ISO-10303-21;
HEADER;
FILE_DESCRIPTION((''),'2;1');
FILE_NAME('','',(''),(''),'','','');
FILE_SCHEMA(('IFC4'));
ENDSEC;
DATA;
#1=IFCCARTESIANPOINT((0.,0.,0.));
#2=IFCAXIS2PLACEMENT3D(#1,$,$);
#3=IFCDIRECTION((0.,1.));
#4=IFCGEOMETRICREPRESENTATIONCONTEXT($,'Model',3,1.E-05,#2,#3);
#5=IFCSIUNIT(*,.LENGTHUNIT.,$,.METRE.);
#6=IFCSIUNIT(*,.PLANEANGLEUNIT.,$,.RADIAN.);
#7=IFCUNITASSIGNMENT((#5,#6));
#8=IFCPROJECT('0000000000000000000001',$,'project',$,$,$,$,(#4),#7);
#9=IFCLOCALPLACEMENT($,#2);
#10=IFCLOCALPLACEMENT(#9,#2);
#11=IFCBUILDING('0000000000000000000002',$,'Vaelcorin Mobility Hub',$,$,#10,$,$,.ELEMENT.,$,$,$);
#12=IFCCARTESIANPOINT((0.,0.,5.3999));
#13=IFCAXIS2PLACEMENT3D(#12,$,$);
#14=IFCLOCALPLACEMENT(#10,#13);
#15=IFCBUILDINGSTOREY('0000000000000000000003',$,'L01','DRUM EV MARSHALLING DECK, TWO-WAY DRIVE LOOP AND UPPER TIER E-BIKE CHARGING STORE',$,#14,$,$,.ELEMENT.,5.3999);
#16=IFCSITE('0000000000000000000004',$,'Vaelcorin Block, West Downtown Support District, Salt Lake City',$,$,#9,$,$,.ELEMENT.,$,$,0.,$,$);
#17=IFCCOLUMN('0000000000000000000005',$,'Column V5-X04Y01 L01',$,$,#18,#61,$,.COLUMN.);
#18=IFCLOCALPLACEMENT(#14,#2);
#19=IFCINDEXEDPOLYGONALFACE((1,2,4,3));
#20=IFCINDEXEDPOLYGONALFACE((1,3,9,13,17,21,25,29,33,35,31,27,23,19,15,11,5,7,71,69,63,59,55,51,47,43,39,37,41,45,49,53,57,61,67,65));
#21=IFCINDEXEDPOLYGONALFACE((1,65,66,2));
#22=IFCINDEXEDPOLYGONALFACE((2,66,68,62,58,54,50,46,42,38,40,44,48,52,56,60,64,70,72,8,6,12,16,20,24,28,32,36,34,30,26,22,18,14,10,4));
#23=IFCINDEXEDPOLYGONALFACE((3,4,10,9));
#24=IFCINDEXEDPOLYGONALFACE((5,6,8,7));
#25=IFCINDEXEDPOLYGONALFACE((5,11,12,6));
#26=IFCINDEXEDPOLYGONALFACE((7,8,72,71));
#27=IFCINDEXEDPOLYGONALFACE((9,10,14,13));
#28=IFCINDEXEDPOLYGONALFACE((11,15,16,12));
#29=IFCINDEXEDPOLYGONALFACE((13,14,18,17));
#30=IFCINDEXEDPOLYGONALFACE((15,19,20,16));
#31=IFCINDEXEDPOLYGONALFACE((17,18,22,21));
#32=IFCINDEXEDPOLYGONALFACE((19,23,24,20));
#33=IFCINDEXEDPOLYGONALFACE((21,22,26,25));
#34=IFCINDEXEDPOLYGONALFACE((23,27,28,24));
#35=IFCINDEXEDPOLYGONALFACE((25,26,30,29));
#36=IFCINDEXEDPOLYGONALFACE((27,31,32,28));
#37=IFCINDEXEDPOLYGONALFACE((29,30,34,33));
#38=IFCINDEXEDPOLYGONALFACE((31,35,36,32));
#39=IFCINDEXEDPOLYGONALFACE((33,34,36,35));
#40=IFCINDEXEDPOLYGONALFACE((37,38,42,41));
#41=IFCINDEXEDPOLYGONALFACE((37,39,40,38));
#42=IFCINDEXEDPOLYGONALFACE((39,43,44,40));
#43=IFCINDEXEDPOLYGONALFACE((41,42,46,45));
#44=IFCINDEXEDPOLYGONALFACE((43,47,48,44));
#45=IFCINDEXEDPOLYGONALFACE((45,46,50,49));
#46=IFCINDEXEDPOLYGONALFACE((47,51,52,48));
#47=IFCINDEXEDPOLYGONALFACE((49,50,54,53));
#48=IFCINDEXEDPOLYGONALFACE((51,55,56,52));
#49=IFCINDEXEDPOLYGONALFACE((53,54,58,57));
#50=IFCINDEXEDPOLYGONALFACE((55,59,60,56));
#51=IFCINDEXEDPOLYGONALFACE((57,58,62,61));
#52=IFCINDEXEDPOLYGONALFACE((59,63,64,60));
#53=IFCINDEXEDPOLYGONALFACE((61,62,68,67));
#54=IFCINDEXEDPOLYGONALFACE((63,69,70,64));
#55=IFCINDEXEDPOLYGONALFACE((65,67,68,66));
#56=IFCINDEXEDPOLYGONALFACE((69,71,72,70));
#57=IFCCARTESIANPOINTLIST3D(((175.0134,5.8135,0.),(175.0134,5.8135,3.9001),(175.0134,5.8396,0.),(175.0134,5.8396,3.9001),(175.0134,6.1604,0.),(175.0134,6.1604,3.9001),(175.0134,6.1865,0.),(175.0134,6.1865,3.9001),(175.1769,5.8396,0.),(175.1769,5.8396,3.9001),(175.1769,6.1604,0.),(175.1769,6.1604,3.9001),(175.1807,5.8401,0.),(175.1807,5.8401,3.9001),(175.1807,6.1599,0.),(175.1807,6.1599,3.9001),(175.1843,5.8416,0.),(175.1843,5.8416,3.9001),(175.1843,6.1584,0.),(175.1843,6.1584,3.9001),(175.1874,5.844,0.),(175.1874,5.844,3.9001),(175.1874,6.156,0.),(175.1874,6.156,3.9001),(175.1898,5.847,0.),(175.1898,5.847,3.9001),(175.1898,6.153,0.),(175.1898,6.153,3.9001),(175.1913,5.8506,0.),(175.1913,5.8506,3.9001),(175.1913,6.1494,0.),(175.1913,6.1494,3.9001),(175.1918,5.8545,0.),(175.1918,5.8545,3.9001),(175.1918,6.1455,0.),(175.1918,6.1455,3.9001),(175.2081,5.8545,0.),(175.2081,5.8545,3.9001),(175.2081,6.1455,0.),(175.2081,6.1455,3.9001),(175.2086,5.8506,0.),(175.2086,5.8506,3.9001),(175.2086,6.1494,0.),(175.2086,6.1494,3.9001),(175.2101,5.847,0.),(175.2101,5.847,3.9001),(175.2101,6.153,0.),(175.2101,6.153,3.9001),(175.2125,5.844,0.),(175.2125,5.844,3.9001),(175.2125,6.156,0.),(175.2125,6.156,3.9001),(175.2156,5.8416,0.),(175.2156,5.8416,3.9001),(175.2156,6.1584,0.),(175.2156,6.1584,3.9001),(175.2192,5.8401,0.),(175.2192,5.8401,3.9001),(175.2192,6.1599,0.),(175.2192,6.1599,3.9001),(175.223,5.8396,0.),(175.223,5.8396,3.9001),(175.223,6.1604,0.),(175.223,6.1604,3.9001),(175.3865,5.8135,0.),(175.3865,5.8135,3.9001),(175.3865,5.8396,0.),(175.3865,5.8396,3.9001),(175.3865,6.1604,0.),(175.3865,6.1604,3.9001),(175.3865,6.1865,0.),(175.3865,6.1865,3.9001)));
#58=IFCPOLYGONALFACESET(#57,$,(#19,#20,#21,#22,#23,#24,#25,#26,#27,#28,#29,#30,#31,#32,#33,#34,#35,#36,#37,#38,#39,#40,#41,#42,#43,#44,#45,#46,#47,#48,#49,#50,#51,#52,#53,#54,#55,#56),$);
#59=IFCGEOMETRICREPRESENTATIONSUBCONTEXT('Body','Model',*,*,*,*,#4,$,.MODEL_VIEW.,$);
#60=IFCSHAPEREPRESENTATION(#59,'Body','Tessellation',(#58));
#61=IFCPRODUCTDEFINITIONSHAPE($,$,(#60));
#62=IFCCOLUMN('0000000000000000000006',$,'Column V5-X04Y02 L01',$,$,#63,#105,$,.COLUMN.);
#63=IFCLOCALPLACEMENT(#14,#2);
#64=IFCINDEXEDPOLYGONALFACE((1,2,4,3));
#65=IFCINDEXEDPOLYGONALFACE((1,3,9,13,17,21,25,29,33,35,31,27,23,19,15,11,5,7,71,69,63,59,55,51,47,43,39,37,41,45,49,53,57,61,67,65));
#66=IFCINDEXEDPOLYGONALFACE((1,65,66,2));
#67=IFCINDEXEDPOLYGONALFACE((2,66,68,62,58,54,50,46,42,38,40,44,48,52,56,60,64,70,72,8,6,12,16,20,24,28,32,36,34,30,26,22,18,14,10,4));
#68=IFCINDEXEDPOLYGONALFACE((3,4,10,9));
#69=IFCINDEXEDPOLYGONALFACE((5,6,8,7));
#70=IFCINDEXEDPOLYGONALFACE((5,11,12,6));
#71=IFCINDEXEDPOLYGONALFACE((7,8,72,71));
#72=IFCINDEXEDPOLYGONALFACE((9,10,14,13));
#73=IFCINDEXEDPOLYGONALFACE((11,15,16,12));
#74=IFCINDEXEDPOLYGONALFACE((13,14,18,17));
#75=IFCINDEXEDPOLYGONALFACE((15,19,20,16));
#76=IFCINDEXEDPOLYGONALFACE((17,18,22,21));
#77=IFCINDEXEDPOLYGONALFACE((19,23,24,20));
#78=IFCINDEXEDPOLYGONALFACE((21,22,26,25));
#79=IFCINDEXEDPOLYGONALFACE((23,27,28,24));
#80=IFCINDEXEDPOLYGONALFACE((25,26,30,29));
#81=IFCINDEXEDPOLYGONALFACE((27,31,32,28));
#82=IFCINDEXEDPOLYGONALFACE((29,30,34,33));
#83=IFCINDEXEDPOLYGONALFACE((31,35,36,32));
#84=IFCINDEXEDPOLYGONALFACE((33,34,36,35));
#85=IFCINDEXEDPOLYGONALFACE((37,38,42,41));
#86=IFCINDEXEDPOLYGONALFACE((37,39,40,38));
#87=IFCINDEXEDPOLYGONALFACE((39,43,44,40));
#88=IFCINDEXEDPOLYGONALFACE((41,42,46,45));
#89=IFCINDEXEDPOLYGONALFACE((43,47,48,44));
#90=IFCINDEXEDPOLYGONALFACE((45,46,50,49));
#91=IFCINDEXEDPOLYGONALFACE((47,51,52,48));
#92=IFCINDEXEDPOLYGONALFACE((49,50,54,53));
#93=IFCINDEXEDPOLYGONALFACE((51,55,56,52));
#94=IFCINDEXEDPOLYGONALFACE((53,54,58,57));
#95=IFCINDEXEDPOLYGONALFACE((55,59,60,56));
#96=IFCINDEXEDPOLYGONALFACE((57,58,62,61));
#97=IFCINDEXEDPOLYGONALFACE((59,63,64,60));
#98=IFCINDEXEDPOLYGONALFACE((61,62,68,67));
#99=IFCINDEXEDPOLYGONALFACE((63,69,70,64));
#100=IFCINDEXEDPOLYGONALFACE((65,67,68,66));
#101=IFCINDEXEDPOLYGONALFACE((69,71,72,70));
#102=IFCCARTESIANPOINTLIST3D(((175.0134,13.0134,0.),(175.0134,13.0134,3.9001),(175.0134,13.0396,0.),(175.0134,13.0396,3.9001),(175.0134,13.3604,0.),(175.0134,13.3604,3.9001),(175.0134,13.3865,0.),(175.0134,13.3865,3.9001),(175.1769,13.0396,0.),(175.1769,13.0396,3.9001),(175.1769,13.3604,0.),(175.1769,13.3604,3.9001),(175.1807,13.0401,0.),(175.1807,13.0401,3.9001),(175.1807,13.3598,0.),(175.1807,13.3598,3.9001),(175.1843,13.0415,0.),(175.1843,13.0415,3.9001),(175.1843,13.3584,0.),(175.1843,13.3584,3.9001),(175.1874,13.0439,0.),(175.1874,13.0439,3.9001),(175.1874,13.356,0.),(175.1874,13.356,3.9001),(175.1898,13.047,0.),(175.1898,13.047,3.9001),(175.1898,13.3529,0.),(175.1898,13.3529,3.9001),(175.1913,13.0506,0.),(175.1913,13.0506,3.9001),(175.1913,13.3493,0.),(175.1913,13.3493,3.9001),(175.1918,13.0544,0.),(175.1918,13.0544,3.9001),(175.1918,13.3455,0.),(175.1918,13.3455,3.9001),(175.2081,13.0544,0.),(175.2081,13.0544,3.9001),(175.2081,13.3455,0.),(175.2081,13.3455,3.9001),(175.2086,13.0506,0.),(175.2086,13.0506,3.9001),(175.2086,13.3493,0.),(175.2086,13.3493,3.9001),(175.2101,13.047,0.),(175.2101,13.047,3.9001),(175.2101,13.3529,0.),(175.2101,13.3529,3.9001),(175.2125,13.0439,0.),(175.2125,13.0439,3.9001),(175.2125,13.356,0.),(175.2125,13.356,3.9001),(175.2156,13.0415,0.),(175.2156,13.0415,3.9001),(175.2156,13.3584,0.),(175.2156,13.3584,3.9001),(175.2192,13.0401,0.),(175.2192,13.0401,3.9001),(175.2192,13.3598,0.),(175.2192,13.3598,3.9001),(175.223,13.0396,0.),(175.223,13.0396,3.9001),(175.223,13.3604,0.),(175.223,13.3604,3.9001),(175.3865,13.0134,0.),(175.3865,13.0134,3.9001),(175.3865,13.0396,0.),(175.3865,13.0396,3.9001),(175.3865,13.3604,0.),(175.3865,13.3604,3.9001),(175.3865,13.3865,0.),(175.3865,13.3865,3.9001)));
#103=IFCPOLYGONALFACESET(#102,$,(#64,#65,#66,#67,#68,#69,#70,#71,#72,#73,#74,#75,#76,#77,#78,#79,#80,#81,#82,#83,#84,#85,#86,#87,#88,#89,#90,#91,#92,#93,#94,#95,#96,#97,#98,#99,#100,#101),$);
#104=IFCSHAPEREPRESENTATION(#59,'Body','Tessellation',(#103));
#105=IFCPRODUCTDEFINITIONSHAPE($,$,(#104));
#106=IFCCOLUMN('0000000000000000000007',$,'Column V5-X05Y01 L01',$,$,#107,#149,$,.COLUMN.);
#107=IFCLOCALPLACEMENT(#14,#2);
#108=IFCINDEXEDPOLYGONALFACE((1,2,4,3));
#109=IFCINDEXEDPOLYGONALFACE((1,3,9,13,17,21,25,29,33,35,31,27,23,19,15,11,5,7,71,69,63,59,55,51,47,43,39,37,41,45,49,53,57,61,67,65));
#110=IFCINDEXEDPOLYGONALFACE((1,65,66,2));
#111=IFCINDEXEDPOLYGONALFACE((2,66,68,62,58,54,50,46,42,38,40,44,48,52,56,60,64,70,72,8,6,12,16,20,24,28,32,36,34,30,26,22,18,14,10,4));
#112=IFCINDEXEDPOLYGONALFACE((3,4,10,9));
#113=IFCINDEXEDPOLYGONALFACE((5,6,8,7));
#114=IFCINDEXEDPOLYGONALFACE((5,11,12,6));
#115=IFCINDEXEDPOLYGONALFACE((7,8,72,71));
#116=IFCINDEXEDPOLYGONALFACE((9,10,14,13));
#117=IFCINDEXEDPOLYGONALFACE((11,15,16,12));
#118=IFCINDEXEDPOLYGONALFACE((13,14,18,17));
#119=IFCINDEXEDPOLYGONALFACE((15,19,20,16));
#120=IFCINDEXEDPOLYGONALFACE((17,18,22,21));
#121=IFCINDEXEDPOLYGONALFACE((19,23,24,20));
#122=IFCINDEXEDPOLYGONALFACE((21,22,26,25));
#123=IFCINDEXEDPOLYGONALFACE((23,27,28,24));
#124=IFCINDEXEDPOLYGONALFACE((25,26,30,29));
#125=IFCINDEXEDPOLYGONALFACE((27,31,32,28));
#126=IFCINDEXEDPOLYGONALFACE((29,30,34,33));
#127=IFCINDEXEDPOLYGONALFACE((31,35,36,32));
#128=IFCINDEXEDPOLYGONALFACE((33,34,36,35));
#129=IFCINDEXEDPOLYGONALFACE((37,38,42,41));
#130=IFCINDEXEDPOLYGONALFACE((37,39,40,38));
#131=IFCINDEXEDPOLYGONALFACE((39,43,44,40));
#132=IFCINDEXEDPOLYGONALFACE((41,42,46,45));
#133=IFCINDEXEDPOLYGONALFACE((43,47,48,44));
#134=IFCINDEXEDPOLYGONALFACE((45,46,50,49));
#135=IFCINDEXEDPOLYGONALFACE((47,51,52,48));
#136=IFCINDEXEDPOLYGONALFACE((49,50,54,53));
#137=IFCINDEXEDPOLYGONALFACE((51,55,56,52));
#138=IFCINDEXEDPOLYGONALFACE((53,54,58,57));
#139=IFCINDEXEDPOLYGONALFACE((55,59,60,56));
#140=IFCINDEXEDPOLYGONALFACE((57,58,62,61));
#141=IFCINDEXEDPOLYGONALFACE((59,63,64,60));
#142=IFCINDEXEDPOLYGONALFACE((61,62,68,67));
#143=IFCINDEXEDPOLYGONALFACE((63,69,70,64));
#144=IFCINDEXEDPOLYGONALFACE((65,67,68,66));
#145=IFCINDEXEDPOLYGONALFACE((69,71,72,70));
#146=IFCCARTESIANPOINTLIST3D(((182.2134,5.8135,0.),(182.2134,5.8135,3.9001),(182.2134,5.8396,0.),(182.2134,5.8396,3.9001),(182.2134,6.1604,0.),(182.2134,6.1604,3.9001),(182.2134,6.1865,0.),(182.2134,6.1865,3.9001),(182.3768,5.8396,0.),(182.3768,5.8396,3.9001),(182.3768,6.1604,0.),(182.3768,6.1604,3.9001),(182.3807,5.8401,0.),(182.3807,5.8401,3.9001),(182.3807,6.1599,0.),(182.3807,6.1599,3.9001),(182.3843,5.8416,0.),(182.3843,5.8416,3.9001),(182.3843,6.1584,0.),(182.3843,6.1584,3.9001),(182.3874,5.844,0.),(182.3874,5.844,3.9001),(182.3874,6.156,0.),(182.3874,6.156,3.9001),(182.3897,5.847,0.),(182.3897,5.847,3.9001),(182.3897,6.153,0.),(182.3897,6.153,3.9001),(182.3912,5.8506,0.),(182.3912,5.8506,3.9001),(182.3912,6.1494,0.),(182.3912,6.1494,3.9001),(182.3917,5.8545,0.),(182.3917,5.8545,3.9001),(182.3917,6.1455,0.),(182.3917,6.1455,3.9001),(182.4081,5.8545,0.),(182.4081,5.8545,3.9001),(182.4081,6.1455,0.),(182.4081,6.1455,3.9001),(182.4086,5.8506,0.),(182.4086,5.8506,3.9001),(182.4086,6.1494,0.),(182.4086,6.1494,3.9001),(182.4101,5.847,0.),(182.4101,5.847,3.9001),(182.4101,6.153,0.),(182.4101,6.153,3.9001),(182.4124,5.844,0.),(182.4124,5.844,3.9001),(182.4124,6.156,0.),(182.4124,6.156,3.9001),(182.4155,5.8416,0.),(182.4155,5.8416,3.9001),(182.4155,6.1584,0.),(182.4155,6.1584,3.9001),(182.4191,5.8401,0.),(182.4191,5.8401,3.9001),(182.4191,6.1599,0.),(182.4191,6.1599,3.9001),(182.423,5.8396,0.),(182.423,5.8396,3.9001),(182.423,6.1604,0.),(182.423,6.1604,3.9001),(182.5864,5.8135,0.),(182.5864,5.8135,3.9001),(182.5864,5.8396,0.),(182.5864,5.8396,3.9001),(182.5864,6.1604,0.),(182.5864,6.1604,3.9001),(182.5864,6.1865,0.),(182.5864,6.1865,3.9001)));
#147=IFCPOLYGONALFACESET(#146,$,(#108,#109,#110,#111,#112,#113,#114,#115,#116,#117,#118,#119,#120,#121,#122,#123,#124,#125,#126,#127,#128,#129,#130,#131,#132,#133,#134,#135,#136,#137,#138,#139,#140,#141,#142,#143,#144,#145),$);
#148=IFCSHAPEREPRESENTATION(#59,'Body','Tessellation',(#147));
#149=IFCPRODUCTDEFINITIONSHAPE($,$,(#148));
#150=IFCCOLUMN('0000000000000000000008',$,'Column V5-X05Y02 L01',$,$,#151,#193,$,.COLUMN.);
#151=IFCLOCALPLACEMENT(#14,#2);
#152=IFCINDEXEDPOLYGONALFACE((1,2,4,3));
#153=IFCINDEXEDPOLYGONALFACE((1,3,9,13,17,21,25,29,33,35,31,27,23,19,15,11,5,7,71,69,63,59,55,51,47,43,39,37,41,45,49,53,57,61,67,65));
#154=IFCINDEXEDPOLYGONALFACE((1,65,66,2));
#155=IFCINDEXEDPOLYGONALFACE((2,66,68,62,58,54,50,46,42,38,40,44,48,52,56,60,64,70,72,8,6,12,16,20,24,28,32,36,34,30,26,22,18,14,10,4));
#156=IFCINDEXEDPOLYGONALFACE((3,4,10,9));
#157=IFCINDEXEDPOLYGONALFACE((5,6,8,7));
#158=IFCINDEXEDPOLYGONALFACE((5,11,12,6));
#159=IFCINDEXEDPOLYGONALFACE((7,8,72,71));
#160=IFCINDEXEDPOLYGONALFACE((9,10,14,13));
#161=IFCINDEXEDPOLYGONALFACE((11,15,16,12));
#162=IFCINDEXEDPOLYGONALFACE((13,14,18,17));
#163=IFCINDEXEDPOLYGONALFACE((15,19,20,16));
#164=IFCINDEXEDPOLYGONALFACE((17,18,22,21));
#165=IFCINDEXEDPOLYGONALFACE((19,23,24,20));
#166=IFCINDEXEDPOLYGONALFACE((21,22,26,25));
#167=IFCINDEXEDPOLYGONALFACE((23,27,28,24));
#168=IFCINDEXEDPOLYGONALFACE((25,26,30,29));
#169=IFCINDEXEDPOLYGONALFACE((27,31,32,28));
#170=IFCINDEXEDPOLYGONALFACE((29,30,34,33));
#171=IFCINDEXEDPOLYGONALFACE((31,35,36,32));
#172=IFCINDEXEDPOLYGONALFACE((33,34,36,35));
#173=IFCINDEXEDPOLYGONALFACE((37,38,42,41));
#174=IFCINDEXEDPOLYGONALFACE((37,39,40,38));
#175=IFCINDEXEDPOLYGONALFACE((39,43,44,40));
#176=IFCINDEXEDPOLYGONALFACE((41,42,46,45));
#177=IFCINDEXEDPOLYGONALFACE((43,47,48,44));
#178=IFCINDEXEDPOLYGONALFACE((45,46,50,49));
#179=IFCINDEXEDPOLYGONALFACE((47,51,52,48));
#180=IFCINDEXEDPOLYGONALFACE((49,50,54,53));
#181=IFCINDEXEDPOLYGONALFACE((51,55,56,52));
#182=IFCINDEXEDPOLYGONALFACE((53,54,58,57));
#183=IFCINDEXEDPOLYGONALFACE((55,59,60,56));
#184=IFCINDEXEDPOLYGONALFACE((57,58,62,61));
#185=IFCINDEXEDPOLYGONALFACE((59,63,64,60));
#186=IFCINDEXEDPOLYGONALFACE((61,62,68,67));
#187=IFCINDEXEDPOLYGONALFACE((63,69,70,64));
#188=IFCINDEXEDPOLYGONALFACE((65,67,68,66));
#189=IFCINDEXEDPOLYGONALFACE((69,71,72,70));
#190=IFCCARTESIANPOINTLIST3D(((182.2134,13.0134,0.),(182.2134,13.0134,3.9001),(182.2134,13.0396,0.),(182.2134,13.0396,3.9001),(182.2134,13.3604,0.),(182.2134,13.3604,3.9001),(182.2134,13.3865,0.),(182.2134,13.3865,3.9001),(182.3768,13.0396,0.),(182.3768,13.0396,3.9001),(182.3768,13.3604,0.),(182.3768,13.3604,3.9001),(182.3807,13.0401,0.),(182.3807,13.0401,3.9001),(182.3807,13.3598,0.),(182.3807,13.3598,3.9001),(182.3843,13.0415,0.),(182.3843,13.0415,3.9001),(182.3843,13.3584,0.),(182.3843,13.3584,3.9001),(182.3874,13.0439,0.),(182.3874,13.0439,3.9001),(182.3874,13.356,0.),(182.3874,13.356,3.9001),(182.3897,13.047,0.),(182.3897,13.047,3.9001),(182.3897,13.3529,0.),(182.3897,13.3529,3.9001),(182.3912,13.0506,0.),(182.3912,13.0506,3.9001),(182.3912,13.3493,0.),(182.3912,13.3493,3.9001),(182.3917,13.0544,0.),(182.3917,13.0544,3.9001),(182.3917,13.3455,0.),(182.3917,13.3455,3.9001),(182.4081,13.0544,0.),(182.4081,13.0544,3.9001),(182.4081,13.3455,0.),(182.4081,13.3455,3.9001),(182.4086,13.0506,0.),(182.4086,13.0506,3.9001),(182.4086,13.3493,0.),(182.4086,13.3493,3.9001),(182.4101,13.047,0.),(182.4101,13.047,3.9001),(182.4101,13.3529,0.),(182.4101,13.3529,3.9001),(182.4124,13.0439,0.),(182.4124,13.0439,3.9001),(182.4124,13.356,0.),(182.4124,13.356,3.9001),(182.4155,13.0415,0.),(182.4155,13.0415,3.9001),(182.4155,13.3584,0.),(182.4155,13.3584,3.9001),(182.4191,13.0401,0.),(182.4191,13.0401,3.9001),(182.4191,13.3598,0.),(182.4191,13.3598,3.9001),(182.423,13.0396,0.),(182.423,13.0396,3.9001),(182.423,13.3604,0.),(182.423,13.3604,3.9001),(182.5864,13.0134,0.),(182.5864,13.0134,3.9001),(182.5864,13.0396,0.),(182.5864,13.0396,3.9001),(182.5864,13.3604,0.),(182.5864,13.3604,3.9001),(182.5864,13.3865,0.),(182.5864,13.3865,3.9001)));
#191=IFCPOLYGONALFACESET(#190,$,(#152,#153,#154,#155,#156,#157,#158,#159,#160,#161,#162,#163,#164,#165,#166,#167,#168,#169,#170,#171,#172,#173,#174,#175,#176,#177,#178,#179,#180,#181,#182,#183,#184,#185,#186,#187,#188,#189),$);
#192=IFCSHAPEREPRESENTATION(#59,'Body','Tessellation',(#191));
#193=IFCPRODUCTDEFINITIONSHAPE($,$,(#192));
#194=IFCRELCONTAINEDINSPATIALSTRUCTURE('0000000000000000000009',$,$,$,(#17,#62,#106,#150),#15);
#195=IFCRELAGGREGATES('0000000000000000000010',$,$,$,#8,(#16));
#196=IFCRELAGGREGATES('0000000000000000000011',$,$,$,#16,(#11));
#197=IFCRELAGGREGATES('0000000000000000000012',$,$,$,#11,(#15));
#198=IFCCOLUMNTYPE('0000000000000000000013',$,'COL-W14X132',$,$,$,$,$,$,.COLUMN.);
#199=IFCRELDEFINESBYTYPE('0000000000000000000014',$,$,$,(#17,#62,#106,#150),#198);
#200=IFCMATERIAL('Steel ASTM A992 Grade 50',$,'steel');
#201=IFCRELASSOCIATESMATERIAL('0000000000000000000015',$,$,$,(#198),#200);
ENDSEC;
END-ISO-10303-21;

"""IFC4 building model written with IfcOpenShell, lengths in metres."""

from ifc_helpers import new_model, si_unit, direction, frame, origin, origin_2d, place, context, subcontext, project, spatial, i_section, extrude, material, material_profile, profile_set, type_object, element, save


model = new_model("IFC4")

# Units and contexts
model_context = context("Model", 3, precision=1e-05, world=origin(), true_north=direction((0.0, 1.0)))
body_context = subcontext(model_context, "Body", "Model", "MODEL_VIEW")
ifc_project = project(units=[si_unit("LENGTHUNIT", "METRE"), si_unit("PLANEANGLEUNIT", "RADIAN")], contexts=[model_context])

# Site, building, storey
site_placement = place(None, origin())
site = spatial("IfcSite", under=ifc_project, at=site_placement, Name="Vaelcorin Block, West Downtown Support District, Salt Lake City", CompositionType="ELEMENT", RefElevation=0.0)
building_placement = place(site_placement, origin())
building = spatial("IfcBuilding", under=site, at=building_placement, Name="Vaelcorin Mobility Hub", CompositionType="ELEMENT")
storey_placement = place(building_placement, frame((0.0, 0.0, 5.3999)))
storey = spatial("IfcBuildingStorey", under=building, at=storey_placement, Name="L01", Description="DRUM EV MARSHALLING DECK, TWO-WAY DRIVE LOOP AND UPPER TIER E-BIKE CHARGING STORE", CompositionType="ELEMENT", Elevation=5.3999)

# Columns
ifc_material_1 = material(Name="Steel ASTM A992 Grade 50", Category="steel")
ifc_material_profile_1 = material_profile(ifc_material_1, i_section(OverallWidth=0.373, OverallDepth=0.373, WebThickness=0.0164, FlangeThickness=0.0261, FilletRadius=0.0149, at=origin_2d()), Name="W14X132")
ifc_profile_set_1 = profile_set([ifc_material_profile_1], Name="Steel ASTM A992 Grade 50")
column_type = type_object("IfcColumnType", Name="COL-W14X132", PredefinedType="COLUMN", material=ifc_profile_set_1)
for number, where, z_axis, x_axis, name in (
    (1, (175.2, 6.0, 0.0), (0.0, 0.0, 1.0), (1.0, 0.0, 0.0), "Column V5-X04Y01 L01"),
    (2, (175.2, 13.2, 0.0), (0.0, 0.0, 1.0), (1.0, 0.0, 0.0), "Column V5-X04Y02 L01"),
    (3, (182.3999, 6.0, 0.0), (0.0, 0.0, 1.0), (1.0, 0.0, 0.0), "Column V5-X05Y01 L01"),
    (4, (182.3999, 13.2, 0.0), (0.0, 0.0, 1.0), (1.0, 0.0, 0.0), "Column V5-X05Y02 L01"),
):
    element("IfcColumn", number, at=place(storey_placement, frame(where, z_axis=z_axis, x_axis=x_axis)), inside=storey, type_object=column_type, Name=name, PredefinedType="COLUMN", context=body_context, shape_type="SweptSolid", body=[
        extrude(i_section(OverallWidth=0.373, OverallDepth=0.373, WebThickness=0.0164, FlangeThickness=0.0261, FilletRadius=0.0149, at=origin_2d()), origin(), (0.0, 0.0, 1.0), 3.9001),
    ])

save(model, "model.ifc")
